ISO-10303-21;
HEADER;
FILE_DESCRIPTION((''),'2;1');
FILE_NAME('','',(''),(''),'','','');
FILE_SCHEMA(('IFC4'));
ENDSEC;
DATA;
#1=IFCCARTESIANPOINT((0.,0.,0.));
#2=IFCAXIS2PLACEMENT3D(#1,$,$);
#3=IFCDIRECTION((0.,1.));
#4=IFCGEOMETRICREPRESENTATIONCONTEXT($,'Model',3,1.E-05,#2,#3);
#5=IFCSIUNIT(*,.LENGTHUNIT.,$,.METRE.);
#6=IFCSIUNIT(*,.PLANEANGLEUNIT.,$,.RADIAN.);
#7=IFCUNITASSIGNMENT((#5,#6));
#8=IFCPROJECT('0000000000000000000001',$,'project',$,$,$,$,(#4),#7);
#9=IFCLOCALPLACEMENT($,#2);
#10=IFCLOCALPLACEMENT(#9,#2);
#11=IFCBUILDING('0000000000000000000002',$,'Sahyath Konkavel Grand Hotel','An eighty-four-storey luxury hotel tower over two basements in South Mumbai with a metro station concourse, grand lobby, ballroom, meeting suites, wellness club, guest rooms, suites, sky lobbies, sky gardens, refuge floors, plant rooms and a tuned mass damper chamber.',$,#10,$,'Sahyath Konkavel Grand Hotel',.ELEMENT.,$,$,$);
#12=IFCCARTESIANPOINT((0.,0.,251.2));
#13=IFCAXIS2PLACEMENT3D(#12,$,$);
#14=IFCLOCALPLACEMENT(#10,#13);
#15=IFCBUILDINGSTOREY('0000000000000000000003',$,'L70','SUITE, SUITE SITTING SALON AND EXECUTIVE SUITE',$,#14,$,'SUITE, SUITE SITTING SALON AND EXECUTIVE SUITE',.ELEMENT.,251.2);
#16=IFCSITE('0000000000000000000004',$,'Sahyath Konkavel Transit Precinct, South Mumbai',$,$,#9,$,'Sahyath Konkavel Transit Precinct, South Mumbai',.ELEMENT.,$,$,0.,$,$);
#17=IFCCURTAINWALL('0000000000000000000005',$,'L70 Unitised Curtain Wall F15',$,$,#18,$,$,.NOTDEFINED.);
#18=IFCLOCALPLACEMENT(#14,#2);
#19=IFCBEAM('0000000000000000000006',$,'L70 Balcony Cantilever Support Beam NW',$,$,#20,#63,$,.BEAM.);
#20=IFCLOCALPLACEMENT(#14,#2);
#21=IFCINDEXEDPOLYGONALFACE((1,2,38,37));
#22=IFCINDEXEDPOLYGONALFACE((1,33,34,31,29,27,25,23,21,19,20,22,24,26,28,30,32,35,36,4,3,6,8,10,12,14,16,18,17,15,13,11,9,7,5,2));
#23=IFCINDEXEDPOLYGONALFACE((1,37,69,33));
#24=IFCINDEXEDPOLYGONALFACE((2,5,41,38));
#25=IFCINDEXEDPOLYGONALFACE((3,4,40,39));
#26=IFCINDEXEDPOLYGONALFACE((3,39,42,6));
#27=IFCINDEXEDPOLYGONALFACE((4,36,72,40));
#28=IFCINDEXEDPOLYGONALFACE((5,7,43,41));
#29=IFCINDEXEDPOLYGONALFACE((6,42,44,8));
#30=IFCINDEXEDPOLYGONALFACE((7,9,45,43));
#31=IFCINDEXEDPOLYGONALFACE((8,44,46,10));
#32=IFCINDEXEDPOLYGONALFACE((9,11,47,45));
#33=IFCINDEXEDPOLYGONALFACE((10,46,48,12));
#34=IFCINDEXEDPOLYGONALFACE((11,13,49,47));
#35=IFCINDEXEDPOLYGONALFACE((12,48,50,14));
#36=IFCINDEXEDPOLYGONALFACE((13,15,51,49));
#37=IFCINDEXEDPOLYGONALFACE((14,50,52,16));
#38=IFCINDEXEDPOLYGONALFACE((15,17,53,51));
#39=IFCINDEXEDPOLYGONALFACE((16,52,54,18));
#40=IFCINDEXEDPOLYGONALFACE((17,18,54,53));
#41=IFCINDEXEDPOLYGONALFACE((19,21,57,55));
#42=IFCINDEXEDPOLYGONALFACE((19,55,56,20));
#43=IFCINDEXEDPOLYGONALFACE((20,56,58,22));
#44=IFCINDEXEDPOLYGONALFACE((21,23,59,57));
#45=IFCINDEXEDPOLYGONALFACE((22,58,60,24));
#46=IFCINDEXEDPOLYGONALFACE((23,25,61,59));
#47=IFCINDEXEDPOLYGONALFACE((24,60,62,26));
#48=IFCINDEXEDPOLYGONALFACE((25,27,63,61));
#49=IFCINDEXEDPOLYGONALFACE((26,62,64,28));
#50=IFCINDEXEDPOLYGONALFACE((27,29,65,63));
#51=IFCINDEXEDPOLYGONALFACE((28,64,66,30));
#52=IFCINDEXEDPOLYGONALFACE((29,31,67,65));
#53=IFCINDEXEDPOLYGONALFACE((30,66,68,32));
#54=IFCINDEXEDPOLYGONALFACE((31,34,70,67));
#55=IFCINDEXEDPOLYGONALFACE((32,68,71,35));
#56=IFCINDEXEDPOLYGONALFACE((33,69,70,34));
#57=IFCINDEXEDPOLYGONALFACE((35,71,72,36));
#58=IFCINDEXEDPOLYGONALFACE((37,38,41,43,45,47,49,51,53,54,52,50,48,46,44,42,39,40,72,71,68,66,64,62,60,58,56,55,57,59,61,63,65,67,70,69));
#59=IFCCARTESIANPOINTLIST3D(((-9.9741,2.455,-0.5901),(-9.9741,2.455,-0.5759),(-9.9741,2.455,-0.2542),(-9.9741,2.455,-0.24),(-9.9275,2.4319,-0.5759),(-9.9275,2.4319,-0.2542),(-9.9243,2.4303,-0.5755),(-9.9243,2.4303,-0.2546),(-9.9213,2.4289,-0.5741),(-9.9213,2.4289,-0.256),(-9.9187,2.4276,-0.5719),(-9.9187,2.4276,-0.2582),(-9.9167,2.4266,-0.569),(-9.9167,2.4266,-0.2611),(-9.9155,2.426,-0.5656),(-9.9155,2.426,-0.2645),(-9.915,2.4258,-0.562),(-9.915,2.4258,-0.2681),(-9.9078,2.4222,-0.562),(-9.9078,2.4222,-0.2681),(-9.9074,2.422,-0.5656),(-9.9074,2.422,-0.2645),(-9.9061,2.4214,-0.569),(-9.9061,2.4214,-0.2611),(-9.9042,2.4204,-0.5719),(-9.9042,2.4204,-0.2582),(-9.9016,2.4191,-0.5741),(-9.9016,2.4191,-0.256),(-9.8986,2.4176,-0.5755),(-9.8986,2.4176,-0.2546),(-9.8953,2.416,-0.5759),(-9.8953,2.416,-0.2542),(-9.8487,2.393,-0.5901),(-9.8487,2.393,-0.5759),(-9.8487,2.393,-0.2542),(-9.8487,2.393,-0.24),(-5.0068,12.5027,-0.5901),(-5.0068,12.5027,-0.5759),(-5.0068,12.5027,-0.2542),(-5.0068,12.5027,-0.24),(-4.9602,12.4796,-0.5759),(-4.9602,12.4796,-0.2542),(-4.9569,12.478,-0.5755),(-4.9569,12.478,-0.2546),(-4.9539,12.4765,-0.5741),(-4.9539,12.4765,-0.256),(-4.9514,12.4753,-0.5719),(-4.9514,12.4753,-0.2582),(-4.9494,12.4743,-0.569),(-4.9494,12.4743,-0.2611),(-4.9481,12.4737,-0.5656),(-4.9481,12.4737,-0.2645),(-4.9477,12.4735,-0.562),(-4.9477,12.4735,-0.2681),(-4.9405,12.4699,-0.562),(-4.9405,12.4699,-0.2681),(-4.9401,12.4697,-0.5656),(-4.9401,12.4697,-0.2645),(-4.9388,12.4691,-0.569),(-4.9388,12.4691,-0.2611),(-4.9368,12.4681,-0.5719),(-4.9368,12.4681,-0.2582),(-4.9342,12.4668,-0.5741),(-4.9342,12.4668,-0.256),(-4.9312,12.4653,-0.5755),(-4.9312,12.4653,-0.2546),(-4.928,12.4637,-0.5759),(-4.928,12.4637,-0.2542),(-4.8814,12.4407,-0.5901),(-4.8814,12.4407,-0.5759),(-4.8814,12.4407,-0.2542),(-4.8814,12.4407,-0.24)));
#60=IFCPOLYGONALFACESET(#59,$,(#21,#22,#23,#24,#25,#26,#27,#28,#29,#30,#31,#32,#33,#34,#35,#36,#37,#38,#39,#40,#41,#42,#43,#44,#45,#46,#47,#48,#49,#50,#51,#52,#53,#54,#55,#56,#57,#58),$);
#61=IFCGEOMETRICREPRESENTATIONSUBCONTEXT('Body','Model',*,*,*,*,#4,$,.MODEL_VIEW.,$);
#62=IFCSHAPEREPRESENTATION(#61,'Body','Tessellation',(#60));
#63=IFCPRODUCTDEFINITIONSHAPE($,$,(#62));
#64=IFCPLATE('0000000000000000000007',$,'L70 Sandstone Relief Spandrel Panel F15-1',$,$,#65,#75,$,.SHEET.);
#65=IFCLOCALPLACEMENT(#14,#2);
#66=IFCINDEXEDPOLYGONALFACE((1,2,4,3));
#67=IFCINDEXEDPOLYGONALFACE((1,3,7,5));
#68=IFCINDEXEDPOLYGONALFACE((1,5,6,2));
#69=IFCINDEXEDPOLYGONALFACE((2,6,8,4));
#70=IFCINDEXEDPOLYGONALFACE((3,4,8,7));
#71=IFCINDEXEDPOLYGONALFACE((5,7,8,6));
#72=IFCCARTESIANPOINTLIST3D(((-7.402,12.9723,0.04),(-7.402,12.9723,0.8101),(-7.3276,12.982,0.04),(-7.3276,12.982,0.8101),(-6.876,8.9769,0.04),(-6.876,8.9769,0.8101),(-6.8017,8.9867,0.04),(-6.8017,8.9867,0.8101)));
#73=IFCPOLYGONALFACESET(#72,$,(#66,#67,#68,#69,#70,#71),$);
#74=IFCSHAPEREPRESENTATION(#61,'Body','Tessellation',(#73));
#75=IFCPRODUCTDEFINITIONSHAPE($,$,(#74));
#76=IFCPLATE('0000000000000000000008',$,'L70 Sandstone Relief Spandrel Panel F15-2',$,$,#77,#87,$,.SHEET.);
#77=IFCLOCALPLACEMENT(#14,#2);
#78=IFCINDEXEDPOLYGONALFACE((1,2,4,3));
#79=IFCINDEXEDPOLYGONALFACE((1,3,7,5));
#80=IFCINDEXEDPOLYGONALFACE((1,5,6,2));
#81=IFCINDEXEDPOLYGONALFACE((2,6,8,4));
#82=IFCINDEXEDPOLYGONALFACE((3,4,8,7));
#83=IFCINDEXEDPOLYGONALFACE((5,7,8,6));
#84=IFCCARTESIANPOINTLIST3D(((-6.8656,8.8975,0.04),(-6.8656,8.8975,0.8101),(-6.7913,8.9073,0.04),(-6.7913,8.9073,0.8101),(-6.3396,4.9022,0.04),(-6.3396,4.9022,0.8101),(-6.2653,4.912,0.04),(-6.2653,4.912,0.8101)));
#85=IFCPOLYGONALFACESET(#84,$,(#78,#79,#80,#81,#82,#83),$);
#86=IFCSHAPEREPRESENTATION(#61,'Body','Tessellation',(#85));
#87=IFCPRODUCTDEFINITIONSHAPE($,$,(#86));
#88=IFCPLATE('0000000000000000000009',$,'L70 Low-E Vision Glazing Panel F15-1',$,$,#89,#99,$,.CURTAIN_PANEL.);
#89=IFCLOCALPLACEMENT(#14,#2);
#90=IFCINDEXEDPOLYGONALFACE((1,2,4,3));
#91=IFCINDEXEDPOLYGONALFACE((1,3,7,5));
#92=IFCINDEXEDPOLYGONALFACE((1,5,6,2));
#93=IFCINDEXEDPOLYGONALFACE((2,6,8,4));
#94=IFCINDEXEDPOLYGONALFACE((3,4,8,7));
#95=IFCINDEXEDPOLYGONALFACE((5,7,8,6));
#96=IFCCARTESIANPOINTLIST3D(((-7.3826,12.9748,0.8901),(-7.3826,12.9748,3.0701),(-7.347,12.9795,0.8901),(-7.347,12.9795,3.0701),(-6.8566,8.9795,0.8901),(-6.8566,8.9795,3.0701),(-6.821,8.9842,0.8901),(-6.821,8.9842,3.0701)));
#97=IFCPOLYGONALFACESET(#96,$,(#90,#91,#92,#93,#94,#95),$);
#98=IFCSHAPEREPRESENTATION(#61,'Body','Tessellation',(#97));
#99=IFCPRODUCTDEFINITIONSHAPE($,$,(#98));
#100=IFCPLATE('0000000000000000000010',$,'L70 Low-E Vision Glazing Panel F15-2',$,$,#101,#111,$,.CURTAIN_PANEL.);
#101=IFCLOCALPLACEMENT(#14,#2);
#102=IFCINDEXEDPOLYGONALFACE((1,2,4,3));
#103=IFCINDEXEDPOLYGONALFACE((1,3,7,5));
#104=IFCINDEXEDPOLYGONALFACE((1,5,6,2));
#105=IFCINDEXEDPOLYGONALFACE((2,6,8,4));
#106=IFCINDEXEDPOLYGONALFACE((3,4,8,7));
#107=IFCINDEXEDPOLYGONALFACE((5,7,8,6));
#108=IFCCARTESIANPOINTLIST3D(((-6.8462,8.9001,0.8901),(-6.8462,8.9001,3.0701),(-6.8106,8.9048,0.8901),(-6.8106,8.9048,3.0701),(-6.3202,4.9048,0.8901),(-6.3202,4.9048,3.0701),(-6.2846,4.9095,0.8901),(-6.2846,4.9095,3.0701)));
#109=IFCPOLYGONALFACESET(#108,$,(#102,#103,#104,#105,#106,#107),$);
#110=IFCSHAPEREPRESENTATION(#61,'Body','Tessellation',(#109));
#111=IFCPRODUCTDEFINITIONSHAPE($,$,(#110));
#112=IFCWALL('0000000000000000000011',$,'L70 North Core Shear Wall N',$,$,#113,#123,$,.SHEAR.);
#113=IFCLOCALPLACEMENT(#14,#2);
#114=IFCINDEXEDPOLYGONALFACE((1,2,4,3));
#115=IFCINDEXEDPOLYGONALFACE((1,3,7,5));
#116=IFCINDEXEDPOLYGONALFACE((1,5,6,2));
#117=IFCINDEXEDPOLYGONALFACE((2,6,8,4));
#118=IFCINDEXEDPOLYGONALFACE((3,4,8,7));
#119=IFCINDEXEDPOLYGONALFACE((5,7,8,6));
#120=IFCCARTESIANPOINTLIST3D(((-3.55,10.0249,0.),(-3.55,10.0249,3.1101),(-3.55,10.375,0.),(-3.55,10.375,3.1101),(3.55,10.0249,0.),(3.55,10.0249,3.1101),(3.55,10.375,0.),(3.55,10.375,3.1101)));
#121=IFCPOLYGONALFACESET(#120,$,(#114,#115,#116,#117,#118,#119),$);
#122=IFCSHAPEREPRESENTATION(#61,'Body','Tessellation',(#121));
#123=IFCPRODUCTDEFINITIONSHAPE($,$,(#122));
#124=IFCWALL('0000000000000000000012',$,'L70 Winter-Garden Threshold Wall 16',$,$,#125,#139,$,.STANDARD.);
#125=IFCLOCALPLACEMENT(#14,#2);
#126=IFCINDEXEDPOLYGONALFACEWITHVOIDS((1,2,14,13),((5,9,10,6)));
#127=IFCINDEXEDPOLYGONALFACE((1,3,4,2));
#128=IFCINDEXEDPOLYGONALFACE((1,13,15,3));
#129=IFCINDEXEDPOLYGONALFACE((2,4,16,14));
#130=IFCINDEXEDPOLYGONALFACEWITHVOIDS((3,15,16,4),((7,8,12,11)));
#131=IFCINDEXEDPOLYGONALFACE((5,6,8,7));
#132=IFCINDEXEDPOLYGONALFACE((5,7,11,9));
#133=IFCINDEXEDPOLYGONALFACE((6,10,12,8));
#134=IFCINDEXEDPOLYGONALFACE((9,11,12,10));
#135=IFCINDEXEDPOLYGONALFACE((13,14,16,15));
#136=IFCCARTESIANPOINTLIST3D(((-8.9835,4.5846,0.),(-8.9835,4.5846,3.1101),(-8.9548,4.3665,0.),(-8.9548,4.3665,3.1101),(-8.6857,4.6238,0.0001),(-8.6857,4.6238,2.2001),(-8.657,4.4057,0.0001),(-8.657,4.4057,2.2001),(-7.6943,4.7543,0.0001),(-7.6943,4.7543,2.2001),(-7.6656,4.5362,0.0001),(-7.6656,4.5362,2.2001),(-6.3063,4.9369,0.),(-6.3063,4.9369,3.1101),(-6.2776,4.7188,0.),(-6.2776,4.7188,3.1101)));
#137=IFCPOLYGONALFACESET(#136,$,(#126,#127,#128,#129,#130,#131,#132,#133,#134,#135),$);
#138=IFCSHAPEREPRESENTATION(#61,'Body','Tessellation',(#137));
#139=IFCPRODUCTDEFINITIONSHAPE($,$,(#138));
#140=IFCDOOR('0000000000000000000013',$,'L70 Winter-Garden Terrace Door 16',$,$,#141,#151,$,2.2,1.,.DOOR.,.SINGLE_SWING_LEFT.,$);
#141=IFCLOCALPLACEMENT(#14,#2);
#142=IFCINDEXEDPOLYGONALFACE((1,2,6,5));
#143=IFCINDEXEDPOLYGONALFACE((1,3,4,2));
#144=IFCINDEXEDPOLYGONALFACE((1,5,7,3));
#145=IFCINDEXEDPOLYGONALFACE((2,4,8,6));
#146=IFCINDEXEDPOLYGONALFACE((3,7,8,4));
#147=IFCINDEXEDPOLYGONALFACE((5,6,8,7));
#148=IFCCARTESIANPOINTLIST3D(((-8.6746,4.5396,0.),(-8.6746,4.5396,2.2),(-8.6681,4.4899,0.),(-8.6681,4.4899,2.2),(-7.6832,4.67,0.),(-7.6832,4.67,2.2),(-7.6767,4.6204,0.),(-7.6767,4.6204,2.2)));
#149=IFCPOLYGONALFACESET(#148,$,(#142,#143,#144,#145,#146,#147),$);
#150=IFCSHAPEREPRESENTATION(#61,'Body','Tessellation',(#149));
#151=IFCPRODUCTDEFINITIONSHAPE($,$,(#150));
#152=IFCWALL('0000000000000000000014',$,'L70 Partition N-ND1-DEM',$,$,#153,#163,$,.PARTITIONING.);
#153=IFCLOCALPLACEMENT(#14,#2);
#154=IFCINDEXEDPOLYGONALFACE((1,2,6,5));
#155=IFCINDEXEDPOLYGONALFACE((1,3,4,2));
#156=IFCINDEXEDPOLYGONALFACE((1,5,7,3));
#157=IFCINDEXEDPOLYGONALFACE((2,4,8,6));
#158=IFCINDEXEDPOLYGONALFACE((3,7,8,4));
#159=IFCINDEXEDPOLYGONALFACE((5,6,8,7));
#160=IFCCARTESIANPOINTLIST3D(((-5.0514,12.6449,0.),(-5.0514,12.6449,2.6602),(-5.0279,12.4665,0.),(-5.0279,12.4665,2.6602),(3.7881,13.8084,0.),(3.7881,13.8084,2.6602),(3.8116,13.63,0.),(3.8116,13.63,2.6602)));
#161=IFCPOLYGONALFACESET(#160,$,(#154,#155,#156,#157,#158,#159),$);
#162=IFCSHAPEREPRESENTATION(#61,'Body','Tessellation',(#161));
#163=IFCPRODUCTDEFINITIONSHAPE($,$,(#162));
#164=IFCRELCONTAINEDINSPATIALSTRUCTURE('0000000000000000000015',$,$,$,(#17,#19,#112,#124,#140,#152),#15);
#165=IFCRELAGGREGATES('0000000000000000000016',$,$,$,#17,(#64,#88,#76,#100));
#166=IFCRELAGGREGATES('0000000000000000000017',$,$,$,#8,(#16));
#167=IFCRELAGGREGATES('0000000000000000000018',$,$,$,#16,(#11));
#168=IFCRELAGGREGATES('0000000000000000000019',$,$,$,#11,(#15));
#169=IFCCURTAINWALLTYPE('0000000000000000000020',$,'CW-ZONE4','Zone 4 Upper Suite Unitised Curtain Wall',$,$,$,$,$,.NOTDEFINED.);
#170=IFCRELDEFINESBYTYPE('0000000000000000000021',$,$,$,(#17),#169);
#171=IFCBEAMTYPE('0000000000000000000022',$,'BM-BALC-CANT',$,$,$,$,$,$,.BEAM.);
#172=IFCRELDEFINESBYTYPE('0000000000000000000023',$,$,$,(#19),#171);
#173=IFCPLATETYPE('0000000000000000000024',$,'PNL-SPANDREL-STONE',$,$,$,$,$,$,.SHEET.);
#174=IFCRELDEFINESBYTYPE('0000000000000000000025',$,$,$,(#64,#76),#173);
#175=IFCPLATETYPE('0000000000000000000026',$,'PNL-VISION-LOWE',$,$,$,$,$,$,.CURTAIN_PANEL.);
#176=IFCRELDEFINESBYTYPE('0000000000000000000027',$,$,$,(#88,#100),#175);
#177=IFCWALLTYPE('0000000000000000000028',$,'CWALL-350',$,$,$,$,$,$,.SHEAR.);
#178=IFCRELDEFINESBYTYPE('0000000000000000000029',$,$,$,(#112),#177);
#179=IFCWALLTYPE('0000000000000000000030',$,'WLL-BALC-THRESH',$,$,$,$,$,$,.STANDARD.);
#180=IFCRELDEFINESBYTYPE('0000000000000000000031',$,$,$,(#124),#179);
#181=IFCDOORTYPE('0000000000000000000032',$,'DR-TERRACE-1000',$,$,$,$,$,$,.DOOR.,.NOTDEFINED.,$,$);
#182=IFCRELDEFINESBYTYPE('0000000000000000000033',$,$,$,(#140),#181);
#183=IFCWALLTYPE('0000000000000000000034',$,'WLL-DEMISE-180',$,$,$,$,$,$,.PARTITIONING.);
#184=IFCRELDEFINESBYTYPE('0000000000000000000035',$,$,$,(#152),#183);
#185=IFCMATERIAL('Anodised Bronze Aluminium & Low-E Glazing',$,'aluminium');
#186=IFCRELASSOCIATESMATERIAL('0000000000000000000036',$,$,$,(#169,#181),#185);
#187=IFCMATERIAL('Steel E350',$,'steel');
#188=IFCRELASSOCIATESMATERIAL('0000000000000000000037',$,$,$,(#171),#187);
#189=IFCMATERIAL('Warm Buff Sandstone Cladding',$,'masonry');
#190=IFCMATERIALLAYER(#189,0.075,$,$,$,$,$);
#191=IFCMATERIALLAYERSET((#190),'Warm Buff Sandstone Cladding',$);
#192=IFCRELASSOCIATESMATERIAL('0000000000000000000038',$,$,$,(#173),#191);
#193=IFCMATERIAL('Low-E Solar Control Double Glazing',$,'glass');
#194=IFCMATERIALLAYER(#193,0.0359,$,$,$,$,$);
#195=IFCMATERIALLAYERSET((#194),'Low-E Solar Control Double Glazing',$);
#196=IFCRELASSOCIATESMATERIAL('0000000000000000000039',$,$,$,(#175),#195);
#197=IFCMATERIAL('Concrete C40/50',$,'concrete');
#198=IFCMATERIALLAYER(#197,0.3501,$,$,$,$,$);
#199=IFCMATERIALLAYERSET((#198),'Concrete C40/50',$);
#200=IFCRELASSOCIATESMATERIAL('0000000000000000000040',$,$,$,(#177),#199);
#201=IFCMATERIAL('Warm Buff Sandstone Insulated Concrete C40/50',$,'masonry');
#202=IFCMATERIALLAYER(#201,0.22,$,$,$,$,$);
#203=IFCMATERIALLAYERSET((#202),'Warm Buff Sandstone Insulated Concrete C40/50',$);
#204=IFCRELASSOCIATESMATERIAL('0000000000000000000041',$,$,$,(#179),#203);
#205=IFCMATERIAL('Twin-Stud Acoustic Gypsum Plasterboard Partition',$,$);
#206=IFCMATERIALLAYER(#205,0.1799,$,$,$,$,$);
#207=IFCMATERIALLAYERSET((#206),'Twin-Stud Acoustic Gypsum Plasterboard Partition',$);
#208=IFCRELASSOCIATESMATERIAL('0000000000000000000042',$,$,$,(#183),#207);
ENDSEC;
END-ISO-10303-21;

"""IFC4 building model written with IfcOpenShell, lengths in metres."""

from ifc_helpers import new_model, si_unit, direction, frame, frame_2d, origin, origin_2d, place, context, subcontext, project, spatial, rectangle, i_section, extrude, source, transform, mapped, material, layer, layer_set, material_profile, profile_set, type_object, element, fill, aggregate, save


model = new_model("IFC4")

# Units and contexts
model_context = context("Model", 3, precision=1e-05, world=origin(), true_north=direction((0.0, 1.0)))
body_context = subcontext(model_context, "Body", "Model", "MODEL_VIEW")
ifc_project = project(units=[si_unit("LENGTHUNIT", "METRE"), si_unit("PLANEANGLEUNIT", "RADIAN")], contexts=[model_context])

# Site, building, storey
site_placement = place(None, origin())
site = spatial("IfcSite", under=ifc_project, at=site_placement, Name="Sahyath Konkavel Transit Precinct, South Mumbai", LongName="Sahyath Konkavel Transit Precinct, South Mumbai", CompositionType="ELEMENT", RefElevation=0.0)
building_placement = place(site_placement, origin())
building = spatial("IfcBuilding", under=site, at=building_placement, Name="Sahyath Konkavel Grand Hotel", Description="An eighty-four-storey luxury hotel tower over two basements in South Mumbai with a metro station concourse, grand lobby, ballroom, meeting suites, wellness club, guest rooms, suites, sky lobbies, sky gardens, refuge floors, plant rooms and a tuned mass damper chamber.", LongName="Sahyath Konkavel Grand Hotel", CompositionType="ELEMENT")
storey_placement = place(building_placement, frame((0.0, 0.0, 251.2)))
storey = spatial("IfcBuildingStorey", under=building, at=storey_placement, Name="L70", Description="SUITE, SUITE SITTING SALON AND EXECUTIVE SUITE", LongName="SUITE, SUITE SITTING SALON AND EXECUTIVE SUITE", CompositionType="ELEMENT", Elevation=251.2)

# Shared definitions
ifc_material_1 = material(Name="Steel E350", Category="steel")

# Curtain wall
ifc_material_2 = material(Name="Anodised Bronze Aluminium & Low-E Glazing", Category="aluminium")
curtain_wall_type = type_object("IfcCurtainWallType", Name="CW-ZONE4", Description="Zone 4 Upper Suite Unitised Curtain Wall", PredefinedType="NOTDEFINED", material=ifc_material_2)
curtain_wall_placement = place(storey_placement, origin())
curtain_wall = element("IfcCurtainWall", 1, at=curtain_wall_placement, inside=storey, type_object=curtain_wall_type, Name="L70 Unitised Curtain Wall F15", PredefinedType="NOTDEFINED")

# Beam
ifc_material_profile_1 = material_profile(ifc_material_1, i_section(OverallWidth=0.1399, OverallDepth=0.3501, WebThickness=0.0081, FlangeThickness=0.0142, FilletRadius=0.0139, at=origin_2d()), Name="ISMB 350")
ifc_profile_set_1 = profile_set([ifc_material_profile_1], Name="Steel E350")
beam_type_1 = type_object("IfcBeamType", Name="BM-BALC-CANT", PredefinedType="BEAM", material=ifc_profile_set_1)
shared_shape_1 = source(origin(), body_context, "Body", "SweptSolid", [
    extrude(i_section(OverallWidth=0.1399, OverallDepth=0.3501, WebThickness=0.0081, FlangeThickness=0.0142, FilletRadius=0.0139, at=origin_2d()), origin(), (0.0, 0.0, 1.0), 11.2085),
])
beam_1_placement = place(storey_placement, frame((-4.9441, 12.4717, -0.415), z_axis=(-0.443175, -0.896435, 0.0), x_axis=(0.896435, -0.443175, 0.0)))
element("IfcBeam", 2, at=beam_1_placement, inside=storey, type_object=beam_type_1, Name="L70 Balcony Cantilever Support Beam NW", PredefinedType="BEAM", context=body_context, shape_type="MappedRepresentation", body=[
    mapped(shared_shape_1, transform((0.0, 0.0, 0.0), scale=1.0)),
])

# Plates
ifc_material_3 = material(Name="Warm Buff Sandstone Cladding", Category="masonry")
ifc_layer_1 = layer(ifc_material_3, 0.075)
ifc_layer_set_1 = layer_set([ifc_layer_1], Name="Warm Buff Sandstone Cladding")
plate_type_1 = type_object("IfcPlateType", Name="PNL-SPANDREL-STONE", PredefinedType="SHEET", material=ifc_layer_set_1)
shared_shape_2 = source(origin(), body_context, "Body", "SweptSolid", [
    extrude(rectangle(XDim=4.0298, YDim=0.075, at=origin_2d()), origin(), (0.0, 0.0, 1.0), 0.77),
])
plate_1_placement = place(storey_placement, frame((-7.1018, 10.9795, 0.04), z_axis=(0.0, 0.0, 1.0), x_axis=(0.130526, -0.991445, 0.0)))
plate_1 = element("IfcPlate", 3, at=plate_1_placement, type_object=plate_type_1, Name="L70 Sandstone Relief Spandrel Panel F15-1", PredefinedType="SHEET", context=body_context, shape_type="MappedRepresentation", body=[
    mapped(shared_shape_2, transform((0.0, 0.0, 0.0), scale=1.0)),
])
plate_2_placement = place(storey_placement, frame((-6.5654, 6.9048, 0.04), z_axis=(0.0, 0.0, 1.0), x_axis=(0.130526, -0.991445, 0.0)))
plate_2 = element("IfcPlate", 4, at=plate_2_placement, type_object=plate_type_1, Name="L70 Sandstone Relief Spandrel Panel F15-2", PredefinedType="SHEET", context=body_context, shape_type="MappedRepresentation", body=[
    mapped(shared_shape_2, transform((0.0, 0.0, 0.0), scale=1.0)),
])
ifc_material_4 = material(Name="Low-E Solar Control Double Glazing", Category="glass")
ifc_layer_2 = layer(ifc_material_4, 0.0359)
ifc_layer_set_2 = layer_set([ifc_layer_2], Name="Low-E Solar Control Double Glazing")
plate_type_2 = type_object("IfcPlateType", Name="PNL-VISION-LOWE", PredefinedType="CURTAIN_PANEL", material=ifc_layer_set_2)
shared_shape_3 = source(origin(), body_context, "Body", "SweptSolid", [
    extrude(rectangle(XDim=4.0298, YDim=0.0359, at=origin_2d()), origin(), (0.0, 0.0, 1.0), 2.1799),
])
plate_3_placement = place(storey_placement, frame((-7.1018, 10.9795, 0.8901), z_axis=(0.0, 0.0, 1.0), x_axis=(0.130526, -0.991445, 0.0)))
plate_3 = element("IfcPlate", 5, at=plate_3_placement, type_object=plate_type_2, Name="L70 Low-E Vision Glazing Panel F15-1", PredefinedType="CURTAIN_PANEL", context=body_context, shape_type="MappedRepresentation", body=[
    mapped(shared_shape_3, transform((0.0, 0.0, 0.0), scale=1.0)),
])
plate_4_placement = place(storey_placement, frame((-6.5654, 6.9048, 0.8901), z_axis=(0.0, 0.0, 1.0), x_axis=(0.130526, -0.991445, 0.0)))
plate_4 = element("IfcPlate", 6, at=plate_4_placement, type_object=plate_type_2, Name="L70 Low-E Vision Glazing Panel F15-2", PredefinedType="CURTAIN_PANEL", context=body_context, shape_type="MappedRepresentation", body=[
    mapped(shared_shape_3, transform((0.0, 0.0, 0.0), scale=1.0)),
])
aggregate(curtain_wall, [plate_1, plate_3, plate_2, plate_4])

# Wall
ifc_material_5 = material(Name="Concrete C40/50", Category="concrete")
ifc_layer_3 = layer(ifc_material_5, 0.3501)
ifc_layer_set_3 = layer_set([ifc_layer_3], Name="Concrete C40/50")
wall_type_1 = type_object("IfcWallType", Name="CWALL-350", PredefinedType="SHEAR", material=ifc_layer_set_3)
wall_1_placement = place(storey_placement, frame((-3.55, 10.2, 0.0), z_axis=(0.0, 0.0, 1.0), x_axis=(1.0, 0.0, 0.0)))
element("IfcWall", 7, at=wall_1_placement, inside=storey, type_object=wall_type_1, Name="L70 North Core Shear Wall N", PredefinedType="SHEAR", context=body_context, shape_type="SweptSolid", body=[
    extrude(rectangle(XDim=7.1001, YDim=0.3501, at=frame_2d((3.55, 0.0))), origin(), (0.0, 0.0, 1.0), 3.1101),
])

# Wall, opening, door
ifc_material_6 = material(Name="Warm Buff Sandstone Insulated Concrete C40/50", Category="masonry")
ifc_layer_4 = layer(ifc_material_6, 0.22)
ifc_layer_set_4 = layer_set([ifc_layer_4], Name="Warm Buff Sandstone Insulated Concrete C40/50")
wall_type_2 = type_object("IfcWallType", Name="WLL-BALC-THRESH", PredefinedType="STANDARD", material=ifc_layer_set_4)
wall_2_placement = place(storey_placement, frame((-6.292, 4.8279, 0.0), z_axis=(0.0, 0.0, 1.0), x_axis=(-0.991452, -0.130476, 0.0)))
wall_2 = element("IfcWall", 8, at=wall_2_placement, inside=storey, type_object=wall_type_2, Name="L70 Winter-Garden Threshold Wall 16", PredefinedType="STANDARD", context=body_context, shape_type="SweptSolid", body=[
    extrude(rectangle(XDim=2.7002, YDim=0.22, at=frame_2d((1.3501, 0.0))), origin(), (0.0, 0.0, 1.0), 3.1101),
])
opening_1_placement = place(wall_2_placement, frame((1.3999, 0.0, 0.0)))
opening_1 = element("IfcOpeningElement", 9, at=opening_1_placement, cuts=wall_2, PredefinedType="OPENING", context=body_context, shape_type="SweptSolid", body=[
    extrude(rectangle(XDim=1.0, YDim=2.2, at=frame_2d((0.5, 1.1001))), frame((0.0, 0.1201, 0.0), z_axis=(0.0, -1.0, 0.0), x_axis=(1.0, 0.0, 0.0)), (0.0, 0.0, 1.0), 0.24),
])
door_type_1 = type_object("IfcDoorType", Name="DR-TERRACE-1000", OperationType="NOTDEFINED", PredefinedType="DOOR", material=ifc_material_2)
shared_shape_4 = source(origin(), body_context, "Body", "SweptSolid", [
    extrude(rectangle(XDim=1.0, YDim=0.05, at=origin_2d()), origin(), (0.0, 0.0, 1.0), 2.2),
])
door_1_placement = place(opening_1_placement, frame((0.5, 0.0, 0.0)))
door_1 = element("IfcDoor", 10, at=door_1_placement, inside=storey, type_object=door_type_1, Name="L70 Winter-Garden Terrace Door 16", OperationType="SINGLE_SWING_LEFT", OverallHeight=2.2, OverallWidth=1.0, PredefinedType="DOOR", context=body_context, shape_type="MappedRepresentation", body=[
    mapped(shared_shape_4, transform((0.0, 0.0, 0.0), scale=1.0)),
])
fill(opening_1, door_1)

# Wall
ifc_material_7 = material(Name="Twin-Stud Acoustic Gypsum Plasterboard Partition")
ifc_layer_5 = layer(ifc_material_7, 0.1799)
ifc_layer_set_5 = layer_set([ifc_layer_5], Name="Twin-Stud Acoustic Gypsum Plasterboard Partition")
wall_type_3 = type_object("IfcWallType", Name="WLL-DEMISE-180", PredefinedType="PARTITIONING", material=ifc_layer_set_5)
wall_3_placement = place(storey_placement, frame((-5.0398, 12.5557, 0.0), z_axis=(0.0, 0.0, 1.0), x_axis=(0.991447, 0.130506, 0.0)))
element("IfcWall", 11, at=wall_3_placement, inside=storey, type_object=wall_type_3, Name="L70 Partition N-ND1-DEM", PredefinedType="PARTITIONING", context=body_context, shape_type="SweptSolid", body=[
    extrude(rectangle(XDim=8.9158, YDim=0.1799, at=frame_2d((4.458, 0.0))), origin(), (0.0, 0.0, 1.0), 2.6602),
])

save(model, "model.ifc")
